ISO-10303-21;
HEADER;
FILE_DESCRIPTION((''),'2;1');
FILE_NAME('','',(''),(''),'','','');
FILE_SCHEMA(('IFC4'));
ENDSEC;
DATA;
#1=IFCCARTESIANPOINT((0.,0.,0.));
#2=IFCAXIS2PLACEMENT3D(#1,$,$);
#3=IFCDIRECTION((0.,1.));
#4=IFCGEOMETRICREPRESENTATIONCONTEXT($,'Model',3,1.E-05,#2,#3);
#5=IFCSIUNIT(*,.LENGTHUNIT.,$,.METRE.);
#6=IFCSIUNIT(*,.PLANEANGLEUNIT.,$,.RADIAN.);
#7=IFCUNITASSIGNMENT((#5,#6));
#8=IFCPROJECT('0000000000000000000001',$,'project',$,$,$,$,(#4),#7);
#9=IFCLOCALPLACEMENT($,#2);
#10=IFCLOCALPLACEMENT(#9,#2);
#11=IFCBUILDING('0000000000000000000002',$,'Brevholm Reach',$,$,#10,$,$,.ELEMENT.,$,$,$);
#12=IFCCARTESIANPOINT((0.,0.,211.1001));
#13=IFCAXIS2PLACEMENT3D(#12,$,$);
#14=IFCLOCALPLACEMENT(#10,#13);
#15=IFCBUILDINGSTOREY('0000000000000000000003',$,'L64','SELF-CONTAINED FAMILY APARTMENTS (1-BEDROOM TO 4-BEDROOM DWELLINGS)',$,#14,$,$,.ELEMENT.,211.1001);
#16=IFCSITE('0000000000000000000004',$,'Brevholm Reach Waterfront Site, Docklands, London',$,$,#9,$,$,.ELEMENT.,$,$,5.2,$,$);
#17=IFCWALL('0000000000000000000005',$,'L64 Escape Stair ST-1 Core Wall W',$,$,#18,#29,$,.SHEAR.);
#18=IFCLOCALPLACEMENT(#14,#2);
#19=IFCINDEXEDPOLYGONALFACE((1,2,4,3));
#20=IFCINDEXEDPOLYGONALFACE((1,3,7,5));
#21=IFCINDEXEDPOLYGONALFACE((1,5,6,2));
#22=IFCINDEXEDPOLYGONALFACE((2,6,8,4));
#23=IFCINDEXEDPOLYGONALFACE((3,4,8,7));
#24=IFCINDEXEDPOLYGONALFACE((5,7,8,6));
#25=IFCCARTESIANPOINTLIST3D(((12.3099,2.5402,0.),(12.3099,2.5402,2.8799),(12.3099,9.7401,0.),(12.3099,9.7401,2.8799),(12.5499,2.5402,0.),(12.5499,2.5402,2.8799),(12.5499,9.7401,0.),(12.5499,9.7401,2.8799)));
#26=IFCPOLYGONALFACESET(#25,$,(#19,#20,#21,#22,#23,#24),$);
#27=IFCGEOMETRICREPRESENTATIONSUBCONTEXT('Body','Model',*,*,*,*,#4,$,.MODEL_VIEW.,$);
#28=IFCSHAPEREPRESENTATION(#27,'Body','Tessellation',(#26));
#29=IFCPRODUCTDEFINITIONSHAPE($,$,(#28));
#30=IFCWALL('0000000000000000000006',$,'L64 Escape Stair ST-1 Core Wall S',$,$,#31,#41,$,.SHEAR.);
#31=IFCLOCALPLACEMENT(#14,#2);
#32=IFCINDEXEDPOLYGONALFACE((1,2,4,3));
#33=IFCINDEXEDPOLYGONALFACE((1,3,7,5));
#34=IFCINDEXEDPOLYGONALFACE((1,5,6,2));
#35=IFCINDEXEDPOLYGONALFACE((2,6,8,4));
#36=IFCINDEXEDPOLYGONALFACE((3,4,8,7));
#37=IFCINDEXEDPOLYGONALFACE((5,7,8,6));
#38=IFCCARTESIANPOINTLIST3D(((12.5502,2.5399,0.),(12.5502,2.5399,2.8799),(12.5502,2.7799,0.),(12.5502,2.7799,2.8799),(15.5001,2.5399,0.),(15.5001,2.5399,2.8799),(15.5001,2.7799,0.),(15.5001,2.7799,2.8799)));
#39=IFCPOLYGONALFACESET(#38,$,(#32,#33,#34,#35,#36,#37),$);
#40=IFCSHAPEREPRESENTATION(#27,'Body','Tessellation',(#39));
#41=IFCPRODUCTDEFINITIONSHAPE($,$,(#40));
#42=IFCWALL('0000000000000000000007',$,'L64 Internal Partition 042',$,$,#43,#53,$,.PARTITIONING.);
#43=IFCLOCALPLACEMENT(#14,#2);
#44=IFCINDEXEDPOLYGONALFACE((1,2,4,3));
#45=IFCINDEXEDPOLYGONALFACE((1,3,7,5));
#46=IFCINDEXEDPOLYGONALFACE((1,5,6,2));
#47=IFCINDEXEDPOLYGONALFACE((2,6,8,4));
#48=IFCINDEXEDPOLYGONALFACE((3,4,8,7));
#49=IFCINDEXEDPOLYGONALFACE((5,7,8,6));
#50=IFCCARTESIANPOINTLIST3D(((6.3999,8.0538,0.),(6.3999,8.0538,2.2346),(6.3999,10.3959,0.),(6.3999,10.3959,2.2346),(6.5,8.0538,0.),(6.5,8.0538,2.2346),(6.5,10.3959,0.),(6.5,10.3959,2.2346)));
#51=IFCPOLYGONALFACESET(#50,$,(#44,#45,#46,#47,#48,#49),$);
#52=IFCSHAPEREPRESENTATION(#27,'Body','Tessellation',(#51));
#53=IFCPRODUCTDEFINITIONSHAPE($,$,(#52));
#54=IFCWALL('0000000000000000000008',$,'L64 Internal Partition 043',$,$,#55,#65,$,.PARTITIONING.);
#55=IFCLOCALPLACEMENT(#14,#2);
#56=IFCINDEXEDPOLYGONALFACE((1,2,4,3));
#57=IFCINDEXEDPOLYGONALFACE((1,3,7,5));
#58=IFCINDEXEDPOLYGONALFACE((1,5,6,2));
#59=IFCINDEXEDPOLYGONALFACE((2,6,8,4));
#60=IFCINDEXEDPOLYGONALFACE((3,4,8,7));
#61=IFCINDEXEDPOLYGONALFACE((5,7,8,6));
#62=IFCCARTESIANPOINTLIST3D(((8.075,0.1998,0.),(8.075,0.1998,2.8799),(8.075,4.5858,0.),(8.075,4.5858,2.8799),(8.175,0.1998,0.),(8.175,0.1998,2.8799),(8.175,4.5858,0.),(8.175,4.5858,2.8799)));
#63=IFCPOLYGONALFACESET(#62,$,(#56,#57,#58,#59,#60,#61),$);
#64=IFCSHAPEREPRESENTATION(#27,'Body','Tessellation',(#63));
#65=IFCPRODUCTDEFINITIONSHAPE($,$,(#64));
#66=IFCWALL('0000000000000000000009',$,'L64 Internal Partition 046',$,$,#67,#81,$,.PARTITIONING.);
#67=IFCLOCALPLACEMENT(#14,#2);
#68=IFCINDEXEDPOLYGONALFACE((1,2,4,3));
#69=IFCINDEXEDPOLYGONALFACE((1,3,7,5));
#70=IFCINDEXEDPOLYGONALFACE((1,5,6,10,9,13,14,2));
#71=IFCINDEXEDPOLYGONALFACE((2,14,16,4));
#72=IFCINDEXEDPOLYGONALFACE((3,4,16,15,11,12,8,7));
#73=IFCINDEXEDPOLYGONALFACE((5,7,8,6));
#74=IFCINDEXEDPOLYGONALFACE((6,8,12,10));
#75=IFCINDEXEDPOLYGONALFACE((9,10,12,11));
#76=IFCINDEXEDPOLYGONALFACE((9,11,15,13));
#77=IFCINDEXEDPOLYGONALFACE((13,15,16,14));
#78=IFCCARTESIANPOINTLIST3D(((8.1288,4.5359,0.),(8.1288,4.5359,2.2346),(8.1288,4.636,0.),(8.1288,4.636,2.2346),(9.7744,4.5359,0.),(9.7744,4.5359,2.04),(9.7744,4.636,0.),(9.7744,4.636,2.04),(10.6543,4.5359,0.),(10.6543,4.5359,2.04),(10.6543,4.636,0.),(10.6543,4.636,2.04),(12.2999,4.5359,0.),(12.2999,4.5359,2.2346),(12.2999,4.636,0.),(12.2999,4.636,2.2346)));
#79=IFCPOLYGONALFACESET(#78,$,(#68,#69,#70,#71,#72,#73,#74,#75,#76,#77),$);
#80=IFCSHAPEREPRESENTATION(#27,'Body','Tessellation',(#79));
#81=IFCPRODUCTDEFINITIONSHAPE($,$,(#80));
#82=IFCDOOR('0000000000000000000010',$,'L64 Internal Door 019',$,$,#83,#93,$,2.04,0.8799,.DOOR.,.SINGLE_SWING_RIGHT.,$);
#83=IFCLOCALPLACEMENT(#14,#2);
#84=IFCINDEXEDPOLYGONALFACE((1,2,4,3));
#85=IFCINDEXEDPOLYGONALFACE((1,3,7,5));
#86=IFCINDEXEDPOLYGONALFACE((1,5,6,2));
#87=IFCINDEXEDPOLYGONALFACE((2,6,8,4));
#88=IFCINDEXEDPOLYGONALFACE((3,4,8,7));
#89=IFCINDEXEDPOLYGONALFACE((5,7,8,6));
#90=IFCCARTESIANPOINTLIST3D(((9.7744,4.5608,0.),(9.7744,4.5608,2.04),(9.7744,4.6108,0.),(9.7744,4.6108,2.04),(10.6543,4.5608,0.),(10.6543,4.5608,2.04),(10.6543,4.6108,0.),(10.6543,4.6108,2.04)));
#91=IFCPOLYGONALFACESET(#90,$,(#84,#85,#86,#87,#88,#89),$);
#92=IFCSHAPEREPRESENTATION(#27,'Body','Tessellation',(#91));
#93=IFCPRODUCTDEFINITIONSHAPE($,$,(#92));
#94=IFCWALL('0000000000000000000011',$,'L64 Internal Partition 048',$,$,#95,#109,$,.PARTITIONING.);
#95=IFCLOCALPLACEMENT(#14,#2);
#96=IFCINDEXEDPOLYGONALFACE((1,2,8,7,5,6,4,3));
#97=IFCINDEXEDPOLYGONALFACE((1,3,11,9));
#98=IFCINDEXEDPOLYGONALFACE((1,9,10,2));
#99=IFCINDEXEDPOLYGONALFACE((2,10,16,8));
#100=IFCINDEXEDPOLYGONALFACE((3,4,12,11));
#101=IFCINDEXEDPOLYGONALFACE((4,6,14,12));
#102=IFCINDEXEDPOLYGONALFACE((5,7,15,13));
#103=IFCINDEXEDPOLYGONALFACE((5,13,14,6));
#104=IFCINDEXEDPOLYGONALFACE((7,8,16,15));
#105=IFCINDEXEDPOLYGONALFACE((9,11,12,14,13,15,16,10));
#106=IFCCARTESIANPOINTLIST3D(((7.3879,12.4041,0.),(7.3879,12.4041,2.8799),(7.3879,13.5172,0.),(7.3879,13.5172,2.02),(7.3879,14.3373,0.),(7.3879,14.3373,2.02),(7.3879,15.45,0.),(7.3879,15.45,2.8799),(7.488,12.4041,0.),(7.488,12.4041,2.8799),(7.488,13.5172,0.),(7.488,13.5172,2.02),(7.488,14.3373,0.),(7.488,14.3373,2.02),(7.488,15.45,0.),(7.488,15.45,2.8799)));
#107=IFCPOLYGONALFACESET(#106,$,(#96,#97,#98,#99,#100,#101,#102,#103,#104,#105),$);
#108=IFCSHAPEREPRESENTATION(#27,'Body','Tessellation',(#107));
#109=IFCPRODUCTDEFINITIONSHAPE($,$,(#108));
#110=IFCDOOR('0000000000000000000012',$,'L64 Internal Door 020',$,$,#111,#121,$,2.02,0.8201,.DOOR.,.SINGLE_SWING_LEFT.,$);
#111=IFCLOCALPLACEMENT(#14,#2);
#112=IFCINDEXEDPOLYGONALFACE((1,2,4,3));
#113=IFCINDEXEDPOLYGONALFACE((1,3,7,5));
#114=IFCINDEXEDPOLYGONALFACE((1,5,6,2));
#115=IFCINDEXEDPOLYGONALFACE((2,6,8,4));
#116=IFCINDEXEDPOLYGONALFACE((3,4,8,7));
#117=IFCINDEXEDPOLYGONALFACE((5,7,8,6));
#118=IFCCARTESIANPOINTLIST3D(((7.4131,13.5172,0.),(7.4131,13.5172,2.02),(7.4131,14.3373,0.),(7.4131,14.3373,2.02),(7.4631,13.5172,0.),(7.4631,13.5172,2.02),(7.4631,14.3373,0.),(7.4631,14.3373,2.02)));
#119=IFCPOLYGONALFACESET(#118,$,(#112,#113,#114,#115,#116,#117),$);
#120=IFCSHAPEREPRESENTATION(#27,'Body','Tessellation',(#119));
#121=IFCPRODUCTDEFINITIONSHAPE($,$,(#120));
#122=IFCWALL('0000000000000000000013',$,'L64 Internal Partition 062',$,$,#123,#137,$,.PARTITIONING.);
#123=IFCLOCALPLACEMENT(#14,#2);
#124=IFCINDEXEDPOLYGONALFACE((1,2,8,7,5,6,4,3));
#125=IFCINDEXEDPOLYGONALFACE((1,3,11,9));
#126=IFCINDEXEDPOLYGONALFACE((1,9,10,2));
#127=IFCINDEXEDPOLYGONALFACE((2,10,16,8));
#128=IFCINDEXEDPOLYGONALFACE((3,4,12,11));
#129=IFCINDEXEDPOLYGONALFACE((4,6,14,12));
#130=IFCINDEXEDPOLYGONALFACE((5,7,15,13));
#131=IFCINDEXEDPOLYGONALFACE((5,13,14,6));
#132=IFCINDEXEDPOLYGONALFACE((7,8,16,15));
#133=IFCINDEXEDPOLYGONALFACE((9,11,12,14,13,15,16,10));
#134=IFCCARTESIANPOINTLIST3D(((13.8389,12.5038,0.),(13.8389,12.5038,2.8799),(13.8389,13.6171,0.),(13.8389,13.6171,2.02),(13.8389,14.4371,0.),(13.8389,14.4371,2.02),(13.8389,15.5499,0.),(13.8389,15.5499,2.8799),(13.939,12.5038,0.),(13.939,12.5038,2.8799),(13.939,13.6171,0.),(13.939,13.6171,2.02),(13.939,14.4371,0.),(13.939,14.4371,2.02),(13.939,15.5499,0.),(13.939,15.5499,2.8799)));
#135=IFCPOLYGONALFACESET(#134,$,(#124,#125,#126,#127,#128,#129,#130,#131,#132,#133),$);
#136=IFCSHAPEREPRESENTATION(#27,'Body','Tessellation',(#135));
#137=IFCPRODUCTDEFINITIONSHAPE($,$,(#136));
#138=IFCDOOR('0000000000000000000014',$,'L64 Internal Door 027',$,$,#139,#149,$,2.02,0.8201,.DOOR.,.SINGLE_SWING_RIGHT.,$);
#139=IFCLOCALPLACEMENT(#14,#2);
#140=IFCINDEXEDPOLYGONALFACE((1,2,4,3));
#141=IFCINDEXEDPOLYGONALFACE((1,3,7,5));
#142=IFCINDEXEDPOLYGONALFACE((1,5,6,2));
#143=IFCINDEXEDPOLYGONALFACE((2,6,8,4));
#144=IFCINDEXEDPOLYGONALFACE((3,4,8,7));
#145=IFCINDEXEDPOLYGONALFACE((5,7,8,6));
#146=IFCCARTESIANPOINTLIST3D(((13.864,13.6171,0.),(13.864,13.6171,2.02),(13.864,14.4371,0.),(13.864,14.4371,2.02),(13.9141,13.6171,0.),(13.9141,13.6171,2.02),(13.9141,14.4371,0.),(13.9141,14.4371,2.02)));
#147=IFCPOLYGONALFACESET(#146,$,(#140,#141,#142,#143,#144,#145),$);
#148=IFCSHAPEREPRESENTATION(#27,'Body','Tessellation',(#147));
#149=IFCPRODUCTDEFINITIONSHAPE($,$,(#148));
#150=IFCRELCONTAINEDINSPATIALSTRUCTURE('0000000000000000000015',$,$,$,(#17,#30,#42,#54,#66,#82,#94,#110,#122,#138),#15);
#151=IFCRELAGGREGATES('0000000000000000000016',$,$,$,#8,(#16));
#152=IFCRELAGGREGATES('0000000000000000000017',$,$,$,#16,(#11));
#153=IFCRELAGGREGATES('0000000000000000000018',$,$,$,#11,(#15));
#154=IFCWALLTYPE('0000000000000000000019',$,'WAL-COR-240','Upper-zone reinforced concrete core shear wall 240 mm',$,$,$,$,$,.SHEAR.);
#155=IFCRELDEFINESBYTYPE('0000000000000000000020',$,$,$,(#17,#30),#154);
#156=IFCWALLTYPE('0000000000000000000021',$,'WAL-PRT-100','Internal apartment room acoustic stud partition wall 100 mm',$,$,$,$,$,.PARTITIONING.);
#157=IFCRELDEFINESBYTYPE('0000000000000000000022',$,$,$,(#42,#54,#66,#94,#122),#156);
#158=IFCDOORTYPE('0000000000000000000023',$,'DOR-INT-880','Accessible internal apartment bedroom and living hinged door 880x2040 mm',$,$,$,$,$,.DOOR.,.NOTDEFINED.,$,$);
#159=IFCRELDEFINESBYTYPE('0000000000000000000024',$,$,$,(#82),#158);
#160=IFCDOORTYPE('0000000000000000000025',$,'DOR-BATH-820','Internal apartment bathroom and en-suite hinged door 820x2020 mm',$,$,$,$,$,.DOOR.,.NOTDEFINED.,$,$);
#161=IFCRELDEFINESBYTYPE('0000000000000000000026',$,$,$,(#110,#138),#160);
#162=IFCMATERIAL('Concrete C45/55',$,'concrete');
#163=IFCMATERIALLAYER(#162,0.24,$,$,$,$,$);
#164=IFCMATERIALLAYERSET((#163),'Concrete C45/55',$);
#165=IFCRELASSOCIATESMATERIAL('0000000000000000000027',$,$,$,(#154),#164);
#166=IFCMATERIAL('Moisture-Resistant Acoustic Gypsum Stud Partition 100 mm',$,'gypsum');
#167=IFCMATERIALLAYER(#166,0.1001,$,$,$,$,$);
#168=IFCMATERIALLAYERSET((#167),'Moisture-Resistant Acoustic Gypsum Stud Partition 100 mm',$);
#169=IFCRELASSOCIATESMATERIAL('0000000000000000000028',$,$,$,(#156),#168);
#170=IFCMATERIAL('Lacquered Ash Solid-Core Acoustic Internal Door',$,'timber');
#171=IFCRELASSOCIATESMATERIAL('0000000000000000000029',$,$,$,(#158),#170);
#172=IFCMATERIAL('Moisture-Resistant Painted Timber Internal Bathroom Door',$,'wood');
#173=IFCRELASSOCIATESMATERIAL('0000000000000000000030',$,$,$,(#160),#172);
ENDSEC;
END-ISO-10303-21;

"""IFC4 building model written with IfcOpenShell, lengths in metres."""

from ifc_helpers import new_model, si_unit, direction, frame, frame_2d, origin, place, context, subcontext, project, spatial, rectangle, extrude, material, layer, layer_set, type_object, element, fill, save


model = new_model("IFC4")

# Units and contexts
model_context = context("Model", 3, precision=1e-05, world=origin(), true_north=direction((0.0, 1.0)))
body_context = subcontext(model_context, "Body", "Model", "MODEL_VIEW")
ifc_project = project(units=[si_unit("LENGTHUNIT", "METRE"), si_unit("PLANEANGLEUNIT", "RADIAN")], contexts=[model_context])

# Site, building, storey
site_placement = place(None, origin())
site = spatial("IfcSite", under=ifc_project, at=site_placement, Name="Brevholm Reach Waterfront Site, Docklands, London", CompositionType="ELEMENT", RefElevation=5.2)
building_placement = place(site_placement, origin())
building = spatial("IfcBuilding", under=site, at=building_placement, Name="Brevholm Reach", CompositionType="ELEMENT")
storey_placement = place(building_placement, frame((0.0, 0.0, 211.1001)))
storey = spatial("IfcBuildingStorey", under=building, at=storey_placement, Name="L64", Description="SELF-CONTAINED FAMILY APARTMENTS (1-BEDROOM TO 4-BEDROOM DWELLINGS)", CompositionType="ELEMENT", Elevation=211.1001)

# Walls
ifc_material_1 = material(Name="Concrete C45/55", Category="concrete")
ifc_layer_1 = layer(ifc_material_1, 0.24)
ifc_layer_set_1 = layer_set([ifc_layer_1], Name="Concrete C45/55")
wall_type_1 = type_object("IfcWallType", Name="WAL-COR-240", Description="Upper-zone reinforced concrete core shear wall 240 mm", PredefinedType="SHEAR", material=ifc_layer_set_1)
wall_1_placement = place(storey_placement, frame((12.4299, 2.54, 0.0), z_axis=(0.0, 0.0, 1.0), x_axis=(0.0, 1.0, 0.0)))
element("IfcWall", 1, at=wall_1_placement, inside=storey, type_object=wall_type_1, Name="L64 Escape Stair ST-1 Core Wall W", PredefinedType="SHEAR", context=body_context, shape_type="SweptSolid", body=[
    extrude(rectangle(XDim=7.2, YDim=0.24, at=frame_2d((3.6001, 0.0))), origin(), (0.0, 0.0, 1.0), 2.8799),
])
wall_2_placement = place(storey_placement, frame((12.55, 2.6599, 0.0), z_axis=(0.0, 0.0, 1.0), x_axis=(1.0, 0.0, 0.0)))
element("IfcWall", 2, at=wall_2_placement, inside=storey, type_object=wall_type_1, Name="L64 Escape Stair ST-1 Core Wall S", PredefinedType="SHEAR", context=body_context, shape_type="SweptSolid", body=[
    extrude(rectangle(XDim=2.95, YDim=0.24, at=frame_2d((1.4751, 0.0))), origin(), (0.0, 0.0, 1.0), 2.8799),
])
ifc_material_2 = material(Name="Moisture-Resistant Acoustic Gypsum Stud Partition 100 mm", Category="gypsum")
ifc_layer_2 = layer(ifc_material_2, 0.1001)
ifc_layer_set_2 = layer_set([ifc_layer_2], Name="Moisture-Resistant Acoustic Gypsum Stud Partition 100 mm")
wall_type_2 = type_object("IfcWallType", Name="WAL-PRT-100", Description="Internal apartment room acoustic stud partition wall 100 mm", PredefinedType="PARTITIONING", material=ifc_layer_set_2)
wall_3_placement = place(storey_placement, frame((6.45, 8.054, 0.0), z_axis=(0.0, 0.0, 1.0), x_axis=(0.0, 1.0, 0.0)))
element("IfcWall", 3, at=wall_3_placement, inside=storey, type_object=wall_type_2, Name="L64 Internal Partition 042", PredefinedType="PARTITIONING", context=body_context, shape_type="SweptSolid", body=[
    extrude(rectangle(XDim=2.342, YDim=0.1001, at=frame_2d((1.1709, 0.0))), origin(), (0.0, 0.0, 1.0), 2.2346),
])
wall_4_placement = place(storey_placement, frame((8.125, 0.2, 0.0), z_axis=(0.0, 0.0, 1.0), x_axis=(0.0, 1.0, 0.0)))
element("IfcWall", 4, at=wall_4_placement, inside=storey, type_object=wall_type_2, Name="L64 Internal Partition 043", PredefinedType="PARTITIONING", context=body_context, shape_type="SweptSolid", body=[
    extrude(rectangle(XDim=4.386, YDim=0.1001, at=frame_2d((2.1929, 0.0))), origin(), (0.0, 0.0, 1.0), 2.8799),
])

# Walls, openings, doors
wall_5_placement = place(storey_placement, frame((8.1289, 4.5859, 0.0), z_axis=(0.0, 0.0, 1.0), x_axis=(1.0, 0.0, 0.0)))
wall_5 = element("IfcWall", 5, at=wall_5_placement, inside=storey, type_object=wall_type_2, Name="L64 Internal Partition 046", PredefinedType="PARTITIONING", context=body_context, shape_type="SweptSolid", body=[
    extrude(rectangle(XDim=4.1711, YDim=0.1001, at=frame_2d((2.0854, 0.0))), origin(), (0.0, 0.0, 1.0), 2.2346),
])
opening_1_placement = place(wall_5_placement, frame((1.6455, 0.0, 0.0)))
opening_1 = element("IfcOpeningElement", 6, at=opening_1_placement, cuts=wall_5, PredefinedType="OPENING", context=body_context, shape_type="SweptSolid", body=[
    extrude(rectangle(XDim=0.8799, YDim=2.04, at=frame_2d((0.4399, 1.02))), frame((0.0, 0.0601, 0.0), z_axis=(0.0, -1.0, 0.0), x_axis=(1.0, 0.0, 0.0)), (0.0, 0.0, 1.0), 0.1201),
])
ifc_material_3 = material(Name="Lacquered Ash Solid-Core Acoustic Internal Door", Category="timber")
door_type_1 = type_object("IfcDoorType", Name="DOR-INT-880", Description="Accessible internal apartment bedroom and living hinged door 880x2040 mm", OperationType="NOTDEFINED", PredefinedType="DOOR", material=ifc_material_3)
door_1_placement = place(opening_1_placement, origin())
door_1 = element("IfcDoor", 7, at=door_1_placement, inside=storey, type_object=door_type_1, Name="L64 Internal Door 019", OperationType="SINGLE_SWING_RIGHT", OverallHeight=2.04, OverallWidth=0.8799, PredefinedType="DOOR", context=body_context, shape_type="SweptSolid", body=[
    extrude(rectangle(XDim=0.8799, YDim=2.04, at=frame_2d((0.4399, 1.02))), frame((0.0, 0.0249, 0.0), z_axis=(0.0, -1.0, 0.0), x_axis=(1.0, 0.0, 0.0)), (0.0, 0.0, 1.0), 0.05),
])
fill(opening_1, door_1)
wall_6_placement = place(storey_placement, frame((7.438, 12.4041, 0.0), z_axis=(0.0, 0.0, 1.0), x_axis=(0.0, 1.0, 0.0)))
wall_6 = element("IfcWall", 8, at=wall_6_placement, inside=storey, type_object=wall_type_2, Name="L64 Internal Partition 048", PredefinedType="PARTITIONING", context=body_context, shape_type="SweptSolid", body=[
    extrude(rectangle(XDim=3.0459, YDim=0.1001, at=frame_2d((1.5229, 0.0))), origin(), (0.0, 0.0, 1.0), 2.8799),
])
opening_2_placement = place(wall_6_placement, frame((1.113, 0.0, 0.0)))
opening_2 = element("IfcOpeningElement", 9, at=opening_2_placement, cuts=wall_6, PredefinedType="OPENING", context=body_context, shape_type="SweptSolid", body=[
    extrude(rectangle(XDim=0.8201, YDim=2.02, at=frame_2d((0.4102, 1.01))), frame((0.0, 0.0601, 0.0), z_axis=(0.0, -1.0, 0.0), x_axis=(1.0, 0.0, 0.0)), (0.0, 0.0, 1.0), 0.1201),
])
ifc_material_4 = material(Name="Moisture-Resistant Painted Timber Internal Bathroom Door", Category="wood")
door_type_2 = type_object("IfcDoorType", Name="DOR-BATH-820", Description="Internal apartment bathroom and en-suite hinged door 820x2020 mm", OperationType="NOTDEFINED", PredefinedType="DOOR", material=ifc_material_4)
door_2_placement = place(opening_2_placement, origin())
door_2 = element("IfcDoor", 10, at=door_2_placement, inside=storey, type_object=door_type_2, Name="L64 Internal Door 020", OperationType="SINGLE_SWING_LEFT", OverallHeight=2.02, OverallWidth=0.8201, PredefinedType="DOOR", context=body_context, shape_type="SweptSolid", body=[
    extrude(rectangle(XDim=0.8201, YDim=2.02, at=frame_2d((0.4102, 1.01))), frame((0.0, 0.0249, 0.0), z_axis=(0.0, -1.0, 0.0), x_axis=(1.0, 0.0, 0.0)), (0.0, 0.0, 1.0), 0.05),
])
fill(opening_2, door_2)
wall_7_placement = place(storey_placement, frame((13.8889, 12.5039, 0.0), z_axis=(0.0, 0.0, 1.0), x_axis=(0.0, 1.0, 0.0)))
wall_7 = element("IfcWall", 11, at=wall_7_placement, inside=storey, type_object=wall_type_2, Name="L64 Internal Partition 062", PredefinedType="PARTITIONING", context=body_context, shape_type="SweptSolid", body=[
    extrude(rectangle(XDim=3.0461, YDim=0.1001, at=frame_2d((1.5229, 0.0))), origin(), (0.0, 0.0, 1.0), 2.8799),
])
opening_3_placement = place(wall_7_placement, frame((1.113, 0.0, 0.0)))
opening_3 = element("IfcOpeningElement", 12, at=opening_3_placement, cuts=wall_7, PredefinedType="OPENING", context=body_context, shape_type="SweptSolid", body=[
    extrude(rectangle(XDim=0.8201, YDim=2.02, at=frame_2d((0.4102, 1.01))), frame((0.0, 0.0601, 0.0), z_axis=(0.0, -1.0, 0.0), x_axis=(1.0, 0.0, 0.0)), (0.0, 0.0, 1.0), 0.1201),
])
door_3_placement = place(opening_3_placement, origin())
door_3 = element("IfcDoor", 13, at=door_3_placement, inside=storey, type_object=door_type_2, Name="L64 Internal Door 027", OperationType="SINGLE_SWING_RIGHT", OverallHeight=2.02, OverallWidth=0.8201, PredefinedType="DOOR", context=body_context, shape_type="SweptSolid", body=[
    extrude(rectangle(XDim=0.8201, YDim=2.02, at=frame_2d((0.4102, 1.01))), frame((0.0, 0.0249, 0.0), z_axis=(0.0, -1.0, 0.0), x_axis=(1.0, 0.0, 0.0)), (0.0, 0.0, 1.0), 0.05),
])
fill(opening_3, door_3)

save(model, "model.ifc")
